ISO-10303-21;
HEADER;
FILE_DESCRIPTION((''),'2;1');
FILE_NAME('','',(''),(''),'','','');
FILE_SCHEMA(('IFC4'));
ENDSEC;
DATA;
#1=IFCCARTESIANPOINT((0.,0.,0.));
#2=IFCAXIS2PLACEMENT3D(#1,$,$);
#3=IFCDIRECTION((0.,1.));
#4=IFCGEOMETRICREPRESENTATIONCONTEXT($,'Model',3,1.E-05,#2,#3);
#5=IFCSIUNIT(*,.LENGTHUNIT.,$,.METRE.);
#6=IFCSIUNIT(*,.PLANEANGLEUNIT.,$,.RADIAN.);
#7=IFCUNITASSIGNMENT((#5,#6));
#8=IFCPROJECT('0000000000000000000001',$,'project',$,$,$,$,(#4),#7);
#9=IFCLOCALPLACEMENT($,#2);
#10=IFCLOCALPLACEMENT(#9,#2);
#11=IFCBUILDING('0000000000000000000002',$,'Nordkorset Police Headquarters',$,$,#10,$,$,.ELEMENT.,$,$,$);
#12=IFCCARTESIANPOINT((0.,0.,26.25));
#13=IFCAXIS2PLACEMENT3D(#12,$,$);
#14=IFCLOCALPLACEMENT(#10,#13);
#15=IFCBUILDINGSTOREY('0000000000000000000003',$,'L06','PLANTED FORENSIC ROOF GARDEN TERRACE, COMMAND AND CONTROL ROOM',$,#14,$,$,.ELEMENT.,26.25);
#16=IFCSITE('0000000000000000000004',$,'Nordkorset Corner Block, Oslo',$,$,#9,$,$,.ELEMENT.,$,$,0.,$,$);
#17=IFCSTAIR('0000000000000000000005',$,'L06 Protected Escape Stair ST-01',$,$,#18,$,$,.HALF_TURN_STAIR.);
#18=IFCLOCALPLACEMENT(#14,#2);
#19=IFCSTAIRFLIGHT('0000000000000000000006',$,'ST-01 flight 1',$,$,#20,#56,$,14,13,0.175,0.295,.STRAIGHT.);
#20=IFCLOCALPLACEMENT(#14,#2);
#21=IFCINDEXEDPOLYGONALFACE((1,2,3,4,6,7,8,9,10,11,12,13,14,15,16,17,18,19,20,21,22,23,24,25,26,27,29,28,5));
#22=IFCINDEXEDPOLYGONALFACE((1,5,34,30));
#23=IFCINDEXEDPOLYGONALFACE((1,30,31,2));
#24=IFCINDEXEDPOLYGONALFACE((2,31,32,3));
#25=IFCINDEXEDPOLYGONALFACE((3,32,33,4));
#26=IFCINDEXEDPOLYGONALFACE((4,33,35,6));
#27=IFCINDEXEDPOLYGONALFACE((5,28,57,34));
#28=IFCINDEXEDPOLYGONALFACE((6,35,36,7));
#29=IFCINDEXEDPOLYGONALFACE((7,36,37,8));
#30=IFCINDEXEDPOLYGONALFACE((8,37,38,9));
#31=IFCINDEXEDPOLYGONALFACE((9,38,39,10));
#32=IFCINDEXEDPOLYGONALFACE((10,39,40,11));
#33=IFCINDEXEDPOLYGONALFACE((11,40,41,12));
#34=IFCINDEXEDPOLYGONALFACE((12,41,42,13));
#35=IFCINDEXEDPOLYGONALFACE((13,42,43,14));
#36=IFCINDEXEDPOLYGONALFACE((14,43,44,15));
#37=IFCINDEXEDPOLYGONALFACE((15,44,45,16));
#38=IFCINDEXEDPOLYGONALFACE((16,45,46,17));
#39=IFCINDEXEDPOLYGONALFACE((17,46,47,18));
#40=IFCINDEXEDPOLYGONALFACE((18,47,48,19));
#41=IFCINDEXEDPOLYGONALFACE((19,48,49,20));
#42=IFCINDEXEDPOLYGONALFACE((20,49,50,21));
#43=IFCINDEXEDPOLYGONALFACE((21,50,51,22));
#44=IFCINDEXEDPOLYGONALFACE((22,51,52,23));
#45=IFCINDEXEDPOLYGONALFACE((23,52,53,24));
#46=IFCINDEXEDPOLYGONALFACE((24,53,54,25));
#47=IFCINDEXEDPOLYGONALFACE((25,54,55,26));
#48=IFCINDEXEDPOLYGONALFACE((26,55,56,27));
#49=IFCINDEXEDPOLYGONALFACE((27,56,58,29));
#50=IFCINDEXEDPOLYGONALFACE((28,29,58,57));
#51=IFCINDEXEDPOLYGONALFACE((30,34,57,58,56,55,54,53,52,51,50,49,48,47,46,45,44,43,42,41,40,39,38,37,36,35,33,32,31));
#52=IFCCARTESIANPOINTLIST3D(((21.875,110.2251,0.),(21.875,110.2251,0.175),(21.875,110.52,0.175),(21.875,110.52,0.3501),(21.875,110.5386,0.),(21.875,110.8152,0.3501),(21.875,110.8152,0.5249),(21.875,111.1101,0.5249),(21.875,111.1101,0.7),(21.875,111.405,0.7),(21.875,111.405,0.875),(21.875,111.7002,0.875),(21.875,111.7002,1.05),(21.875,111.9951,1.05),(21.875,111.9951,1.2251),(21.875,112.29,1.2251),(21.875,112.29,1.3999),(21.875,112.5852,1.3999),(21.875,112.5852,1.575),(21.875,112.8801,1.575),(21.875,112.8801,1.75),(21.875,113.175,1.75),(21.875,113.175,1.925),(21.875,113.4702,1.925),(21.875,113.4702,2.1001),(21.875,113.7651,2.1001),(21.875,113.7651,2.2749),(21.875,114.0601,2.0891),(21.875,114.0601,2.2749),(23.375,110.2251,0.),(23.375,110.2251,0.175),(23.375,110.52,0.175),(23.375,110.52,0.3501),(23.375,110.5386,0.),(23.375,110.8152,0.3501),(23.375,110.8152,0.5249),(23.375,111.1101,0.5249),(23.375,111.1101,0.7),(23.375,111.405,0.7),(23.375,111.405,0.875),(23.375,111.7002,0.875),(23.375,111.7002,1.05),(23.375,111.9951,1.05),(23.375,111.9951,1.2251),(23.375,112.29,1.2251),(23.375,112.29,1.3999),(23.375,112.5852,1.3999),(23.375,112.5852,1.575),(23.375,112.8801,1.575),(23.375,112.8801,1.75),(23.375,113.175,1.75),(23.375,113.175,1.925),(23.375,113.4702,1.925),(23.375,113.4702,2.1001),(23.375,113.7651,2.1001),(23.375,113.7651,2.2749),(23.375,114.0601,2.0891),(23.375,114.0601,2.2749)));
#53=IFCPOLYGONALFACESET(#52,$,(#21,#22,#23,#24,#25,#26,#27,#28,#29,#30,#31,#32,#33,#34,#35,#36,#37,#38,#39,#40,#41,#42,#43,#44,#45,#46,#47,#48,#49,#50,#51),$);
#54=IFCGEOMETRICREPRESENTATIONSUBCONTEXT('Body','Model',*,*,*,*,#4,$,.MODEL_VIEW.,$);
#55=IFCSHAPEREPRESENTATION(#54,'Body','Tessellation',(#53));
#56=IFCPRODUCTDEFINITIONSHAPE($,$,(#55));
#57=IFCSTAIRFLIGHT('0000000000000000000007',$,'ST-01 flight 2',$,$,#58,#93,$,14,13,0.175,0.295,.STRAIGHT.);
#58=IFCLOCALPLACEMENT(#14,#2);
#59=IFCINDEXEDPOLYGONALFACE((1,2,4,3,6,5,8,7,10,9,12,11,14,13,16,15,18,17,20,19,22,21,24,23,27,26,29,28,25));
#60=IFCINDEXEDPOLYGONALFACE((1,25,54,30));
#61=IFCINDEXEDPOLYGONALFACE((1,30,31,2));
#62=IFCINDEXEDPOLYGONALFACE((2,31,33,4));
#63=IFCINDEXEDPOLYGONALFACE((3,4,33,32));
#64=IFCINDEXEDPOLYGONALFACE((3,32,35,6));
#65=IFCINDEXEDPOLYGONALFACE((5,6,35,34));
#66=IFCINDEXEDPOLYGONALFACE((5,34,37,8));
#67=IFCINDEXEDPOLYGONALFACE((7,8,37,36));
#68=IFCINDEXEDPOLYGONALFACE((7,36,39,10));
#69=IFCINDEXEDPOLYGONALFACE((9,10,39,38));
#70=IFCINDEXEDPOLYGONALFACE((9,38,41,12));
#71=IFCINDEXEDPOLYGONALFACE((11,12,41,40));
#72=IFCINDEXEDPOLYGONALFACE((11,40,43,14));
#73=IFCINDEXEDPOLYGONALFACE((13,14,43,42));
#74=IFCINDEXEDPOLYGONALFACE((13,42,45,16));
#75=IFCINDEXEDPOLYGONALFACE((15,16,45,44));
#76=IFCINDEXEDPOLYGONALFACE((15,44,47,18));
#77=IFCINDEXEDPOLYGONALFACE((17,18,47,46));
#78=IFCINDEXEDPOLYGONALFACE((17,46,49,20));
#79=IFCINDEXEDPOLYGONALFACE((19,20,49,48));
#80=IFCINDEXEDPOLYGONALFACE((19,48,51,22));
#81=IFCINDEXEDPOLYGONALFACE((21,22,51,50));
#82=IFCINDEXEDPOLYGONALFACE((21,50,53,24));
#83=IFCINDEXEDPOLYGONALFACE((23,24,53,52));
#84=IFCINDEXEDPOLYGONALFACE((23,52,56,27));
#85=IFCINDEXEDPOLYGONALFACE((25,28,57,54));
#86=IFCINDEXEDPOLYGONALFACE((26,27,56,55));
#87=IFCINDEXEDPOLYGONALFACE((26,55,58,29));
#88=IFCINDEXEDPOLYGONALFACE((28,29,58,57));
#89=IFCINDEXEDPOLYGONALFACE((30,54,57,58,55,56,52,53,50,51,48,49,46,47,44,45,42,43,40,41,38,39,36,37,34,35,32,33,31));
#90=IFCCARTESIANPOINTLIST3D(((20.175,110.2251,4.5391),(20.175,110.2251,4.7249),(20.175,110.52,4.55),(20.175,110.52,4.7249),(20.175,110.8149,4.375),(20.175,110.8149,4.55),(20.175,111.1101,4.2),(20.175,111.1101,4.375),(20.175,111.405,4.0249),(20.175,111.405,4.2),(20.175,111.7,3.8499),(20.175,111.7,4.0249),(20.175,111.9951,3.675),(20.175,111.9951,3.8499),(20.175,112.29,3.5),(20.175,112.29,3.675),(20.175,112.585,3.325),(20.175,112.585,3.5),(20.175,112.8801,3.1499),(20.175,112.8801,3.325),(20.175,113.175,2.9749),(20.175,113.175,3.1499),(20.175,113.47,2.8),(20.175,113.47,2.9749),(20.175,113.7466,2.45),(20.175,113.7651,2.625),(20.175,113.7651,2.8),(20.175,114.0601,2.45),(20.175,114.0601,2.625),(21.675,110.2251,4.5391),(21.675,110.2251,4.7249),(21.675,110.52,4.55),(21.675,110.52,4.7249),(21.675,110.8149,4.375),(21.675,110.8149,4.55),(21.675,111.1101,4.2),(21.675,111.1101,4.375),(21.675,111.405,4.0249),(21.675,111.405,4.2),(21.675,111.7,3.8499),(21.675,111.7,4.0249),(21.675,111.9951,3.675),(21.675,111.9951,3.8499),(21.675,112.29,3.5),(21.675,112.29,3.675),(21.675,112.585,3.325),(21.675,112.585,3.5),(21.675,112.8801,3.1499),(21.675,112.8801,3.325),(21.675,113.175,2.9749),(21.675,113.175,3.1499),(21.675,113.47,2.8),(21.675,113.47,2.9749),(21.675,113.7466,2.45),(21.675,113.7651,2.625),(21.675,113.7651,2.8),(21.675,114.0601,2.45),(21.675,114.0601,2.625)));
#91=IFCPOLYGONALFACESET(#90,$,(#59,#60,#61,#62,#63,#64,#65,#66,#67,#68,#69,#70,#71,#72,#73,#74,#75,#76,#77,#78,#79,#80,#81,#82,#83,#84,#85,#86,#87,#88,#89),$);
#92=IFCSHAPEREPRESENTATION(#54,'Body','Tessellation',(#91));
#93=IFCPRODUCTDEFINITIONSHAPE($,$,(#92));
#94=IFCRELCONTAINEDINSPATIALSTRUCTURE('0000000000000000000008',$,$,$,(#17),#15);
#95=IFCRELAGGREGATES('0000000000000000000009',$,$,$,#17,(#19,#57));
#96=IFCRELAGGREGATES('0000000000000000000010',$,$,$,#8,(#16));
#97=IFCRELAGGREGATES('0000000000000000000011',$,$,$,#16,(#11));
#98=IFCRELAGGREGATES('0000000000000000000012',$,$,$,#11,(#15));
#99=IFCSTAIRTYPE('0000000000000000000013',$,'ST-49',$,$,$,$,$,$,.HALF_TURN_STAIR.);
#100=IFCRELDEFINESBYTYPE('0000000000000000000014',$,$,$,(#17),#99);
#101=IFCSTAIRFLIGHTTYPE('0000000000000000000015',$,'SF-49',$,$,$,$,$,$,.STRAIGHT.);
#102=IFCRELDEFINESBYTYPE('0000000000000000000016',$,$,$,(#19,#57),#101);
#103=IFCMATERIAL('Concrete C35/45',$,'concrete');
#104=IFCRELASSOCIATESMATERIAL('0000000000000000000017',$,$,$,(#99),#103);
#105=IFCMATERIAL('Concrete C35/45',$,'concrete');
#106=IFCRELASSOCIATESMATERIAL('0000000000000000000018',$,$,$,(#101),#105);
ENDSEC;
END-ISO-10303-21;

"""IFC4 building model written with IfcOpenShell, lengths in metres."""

from ifc_helpers import new_model, si_unit, direction, frame, origin, place, context, subcontext, project, spatial, polyline, outline, extrude, material, type_object, element, aggregate, save


model = new_model("IFC4")

# Units and contexts
model_context = context("Model", 3, precision=1e-05, world=origin(), true_north=direction((0.0, 1.0)))
body_context = subcontext(model_context, "Body", "Model", "MODEL_VIEW")
ifc_project = project(units=[si_unit("LENGTHUNIT", "METRE"), si_unit("PLANEANGLEUNIT", "RADIAN")], contexts=[model_context])

# Site, building, storey
site_placement = place(None, origin())
site = spatial("IfcSite", under=ifc_project, at=site_placement, Name="Nordkorset Corner Block, Oslo", CompositionType="ELEMENT", RefElevation=0.0)
building_placement = place(site_placement, origin())
building = spatial("IfcBuilding", under=site, at=building_placement, Name="Nordkorset Police Headquarters", CompositionType="ELEMENT")
storey_placement = place(building_placement, frame((0.0, 0.0, 26.25)))
storey = spatial("IfcBuildingStorey", under=building, at=storey_placement, Name="L06", Description="PLANTED FORENSIC ROOF GARDEN TERRACE, COMMAND AND CONTROL ROOM", CompositionType="ELEMENT", Elevation=26.25)

# Stair, stair flights
ifc_material_1 = material(Name="Concrete C35/45", Category="concrete")
stair_type = type_object("IfcStairType", Name="ST-49", PredefinedType="HALF_TURN_STAIR", material=ifc_material_1)
stair_placement = place(storey_placement, origin())
stair = element("IfcStair", 1, at=stair_placement, inside=storey, type_object=stair_type, Name="L06 Protected Escape Stair ST-01", PredefinedType="HALF_TURN_STAIR")
ifc_material_2 = material(Name="Concrete C35/45", Category="concrete")
stair_flight_type = type_object("IfcStairFlightType", Name="SF-49", PredefinedType="STRAIGHT", material=ifc_material_2)
stair_flight_1_placement = place(storey_placement, frame((22.625, 110.2251, 0.0), z_axis=(0.0, 0.0, 1.0), x_axis=(0.0, 1.0, 0.0)))
stair_flight_1 = element("IfcStairFlight", 2, at=stair_flight_1_placement, type_object=stair_flight_type, Name="ST-01 flight 1", NumberOfRisers=14, NumberOfTreads=13, PredefinedType="STRAIGHT", RiserHeight=0.175, TreadLength=0.295, context=body_context, shape_type="SweptSolid", body=[
    extrude(outline(polyline([(0.0, 0.0), (0.0, 0.175), (0.2949, 0.175), (0.2949, 0.3501), (0.5901, 0.3501), (0.5901, 0.5249), (0.885, 0.5249), (0.885, 0.7), (1.1799, 0.7), (1.1799, 0.875), (1.4751, 0.875), (1.4751, 1.05), (1.77, 1.05), (1.77, 1.2251), (2.0649, 1.2251), (2.0649, 1.3999), (2.3601, 1.3999), (2.3601, 1.575), (2.655, 1.575), (2.655, 1.75), (2.95, 1.75), (2.95, 1.925), (3.2451, 1.925), (3.2451, 2.1001), (3.54, 2.1001), (3.54, 2.2749), (3.835, 2.2749), (3.835, 2.45), (3.835, 2.0891), (0.3135, 0.0), (0.0, 0.0)])), frame((0.0, 0.75, 0.0), z_axis=(0.0, -1.0, 0.0), x_axis=(1.0, 0.0, 0.0)), (0.0, 0.0, 1.0), 1.5),
])
stair_flight_2_placement = place(storey_placement, frame((20.925, 114.0601, 2.45), z_axis=(0.0, 0.0, 1.0), x_axis=(0.0, -1.0, 0.0)))
stair_flight_2 = element("IfcStairFlight", 3, at=stair_flight_2_placement, type_object=stair_flight_type, Name="ST-01 flight 2", NumberOfRisers=14, NumberOfTreads=13, PredefinedType="STRAIGHT", RiserHeight=0.175, TreadLength=0.295, context=body_context, shape_type="SweptSolid", body=[
    extrude(outline(polyline([(0.0, 0.0), (0.0, 0.175), (0.2949, 0.175), (0.2949, 0.3501), (0.5901, 0.3501), (0.5901, 0.5249), (0.885, 0.5249), (0.885, 0.7), (1.1799, 0.7), (1.1799, 0.875), (1.4751, 0.875), (1.4751, 1.05), (1.77, 1.05), (1.77, 1.2251), (2.0649, 1.2251), (2.0649, 1.3999), (2.3601, 1.3999), (2.3601, 1.575), (2.655, 1.575), (2.655, 1.75), (2.95, 1.75), (2.95, 1.925), (3.2451, 1.925), (3.2451, 2.1001), (3.54, 2.1001), (3.54, 2.2749), (3.835, 2.2749), (3.835, 2.45), (3.835, 2.0891), (0.3135, 0.0), (0.0, 0.0)])), frame((0.0, 0.75, 0.0), z_axis=(0.0, -1.0, 0.0), x_axis=(1.0, 0.0, 0.0)), (0.0, 0.0, 1.0), 1.5),
])
aggregate(stair, [stair_flight_1, stair_flight_2])

save(model, "model.ifc")
